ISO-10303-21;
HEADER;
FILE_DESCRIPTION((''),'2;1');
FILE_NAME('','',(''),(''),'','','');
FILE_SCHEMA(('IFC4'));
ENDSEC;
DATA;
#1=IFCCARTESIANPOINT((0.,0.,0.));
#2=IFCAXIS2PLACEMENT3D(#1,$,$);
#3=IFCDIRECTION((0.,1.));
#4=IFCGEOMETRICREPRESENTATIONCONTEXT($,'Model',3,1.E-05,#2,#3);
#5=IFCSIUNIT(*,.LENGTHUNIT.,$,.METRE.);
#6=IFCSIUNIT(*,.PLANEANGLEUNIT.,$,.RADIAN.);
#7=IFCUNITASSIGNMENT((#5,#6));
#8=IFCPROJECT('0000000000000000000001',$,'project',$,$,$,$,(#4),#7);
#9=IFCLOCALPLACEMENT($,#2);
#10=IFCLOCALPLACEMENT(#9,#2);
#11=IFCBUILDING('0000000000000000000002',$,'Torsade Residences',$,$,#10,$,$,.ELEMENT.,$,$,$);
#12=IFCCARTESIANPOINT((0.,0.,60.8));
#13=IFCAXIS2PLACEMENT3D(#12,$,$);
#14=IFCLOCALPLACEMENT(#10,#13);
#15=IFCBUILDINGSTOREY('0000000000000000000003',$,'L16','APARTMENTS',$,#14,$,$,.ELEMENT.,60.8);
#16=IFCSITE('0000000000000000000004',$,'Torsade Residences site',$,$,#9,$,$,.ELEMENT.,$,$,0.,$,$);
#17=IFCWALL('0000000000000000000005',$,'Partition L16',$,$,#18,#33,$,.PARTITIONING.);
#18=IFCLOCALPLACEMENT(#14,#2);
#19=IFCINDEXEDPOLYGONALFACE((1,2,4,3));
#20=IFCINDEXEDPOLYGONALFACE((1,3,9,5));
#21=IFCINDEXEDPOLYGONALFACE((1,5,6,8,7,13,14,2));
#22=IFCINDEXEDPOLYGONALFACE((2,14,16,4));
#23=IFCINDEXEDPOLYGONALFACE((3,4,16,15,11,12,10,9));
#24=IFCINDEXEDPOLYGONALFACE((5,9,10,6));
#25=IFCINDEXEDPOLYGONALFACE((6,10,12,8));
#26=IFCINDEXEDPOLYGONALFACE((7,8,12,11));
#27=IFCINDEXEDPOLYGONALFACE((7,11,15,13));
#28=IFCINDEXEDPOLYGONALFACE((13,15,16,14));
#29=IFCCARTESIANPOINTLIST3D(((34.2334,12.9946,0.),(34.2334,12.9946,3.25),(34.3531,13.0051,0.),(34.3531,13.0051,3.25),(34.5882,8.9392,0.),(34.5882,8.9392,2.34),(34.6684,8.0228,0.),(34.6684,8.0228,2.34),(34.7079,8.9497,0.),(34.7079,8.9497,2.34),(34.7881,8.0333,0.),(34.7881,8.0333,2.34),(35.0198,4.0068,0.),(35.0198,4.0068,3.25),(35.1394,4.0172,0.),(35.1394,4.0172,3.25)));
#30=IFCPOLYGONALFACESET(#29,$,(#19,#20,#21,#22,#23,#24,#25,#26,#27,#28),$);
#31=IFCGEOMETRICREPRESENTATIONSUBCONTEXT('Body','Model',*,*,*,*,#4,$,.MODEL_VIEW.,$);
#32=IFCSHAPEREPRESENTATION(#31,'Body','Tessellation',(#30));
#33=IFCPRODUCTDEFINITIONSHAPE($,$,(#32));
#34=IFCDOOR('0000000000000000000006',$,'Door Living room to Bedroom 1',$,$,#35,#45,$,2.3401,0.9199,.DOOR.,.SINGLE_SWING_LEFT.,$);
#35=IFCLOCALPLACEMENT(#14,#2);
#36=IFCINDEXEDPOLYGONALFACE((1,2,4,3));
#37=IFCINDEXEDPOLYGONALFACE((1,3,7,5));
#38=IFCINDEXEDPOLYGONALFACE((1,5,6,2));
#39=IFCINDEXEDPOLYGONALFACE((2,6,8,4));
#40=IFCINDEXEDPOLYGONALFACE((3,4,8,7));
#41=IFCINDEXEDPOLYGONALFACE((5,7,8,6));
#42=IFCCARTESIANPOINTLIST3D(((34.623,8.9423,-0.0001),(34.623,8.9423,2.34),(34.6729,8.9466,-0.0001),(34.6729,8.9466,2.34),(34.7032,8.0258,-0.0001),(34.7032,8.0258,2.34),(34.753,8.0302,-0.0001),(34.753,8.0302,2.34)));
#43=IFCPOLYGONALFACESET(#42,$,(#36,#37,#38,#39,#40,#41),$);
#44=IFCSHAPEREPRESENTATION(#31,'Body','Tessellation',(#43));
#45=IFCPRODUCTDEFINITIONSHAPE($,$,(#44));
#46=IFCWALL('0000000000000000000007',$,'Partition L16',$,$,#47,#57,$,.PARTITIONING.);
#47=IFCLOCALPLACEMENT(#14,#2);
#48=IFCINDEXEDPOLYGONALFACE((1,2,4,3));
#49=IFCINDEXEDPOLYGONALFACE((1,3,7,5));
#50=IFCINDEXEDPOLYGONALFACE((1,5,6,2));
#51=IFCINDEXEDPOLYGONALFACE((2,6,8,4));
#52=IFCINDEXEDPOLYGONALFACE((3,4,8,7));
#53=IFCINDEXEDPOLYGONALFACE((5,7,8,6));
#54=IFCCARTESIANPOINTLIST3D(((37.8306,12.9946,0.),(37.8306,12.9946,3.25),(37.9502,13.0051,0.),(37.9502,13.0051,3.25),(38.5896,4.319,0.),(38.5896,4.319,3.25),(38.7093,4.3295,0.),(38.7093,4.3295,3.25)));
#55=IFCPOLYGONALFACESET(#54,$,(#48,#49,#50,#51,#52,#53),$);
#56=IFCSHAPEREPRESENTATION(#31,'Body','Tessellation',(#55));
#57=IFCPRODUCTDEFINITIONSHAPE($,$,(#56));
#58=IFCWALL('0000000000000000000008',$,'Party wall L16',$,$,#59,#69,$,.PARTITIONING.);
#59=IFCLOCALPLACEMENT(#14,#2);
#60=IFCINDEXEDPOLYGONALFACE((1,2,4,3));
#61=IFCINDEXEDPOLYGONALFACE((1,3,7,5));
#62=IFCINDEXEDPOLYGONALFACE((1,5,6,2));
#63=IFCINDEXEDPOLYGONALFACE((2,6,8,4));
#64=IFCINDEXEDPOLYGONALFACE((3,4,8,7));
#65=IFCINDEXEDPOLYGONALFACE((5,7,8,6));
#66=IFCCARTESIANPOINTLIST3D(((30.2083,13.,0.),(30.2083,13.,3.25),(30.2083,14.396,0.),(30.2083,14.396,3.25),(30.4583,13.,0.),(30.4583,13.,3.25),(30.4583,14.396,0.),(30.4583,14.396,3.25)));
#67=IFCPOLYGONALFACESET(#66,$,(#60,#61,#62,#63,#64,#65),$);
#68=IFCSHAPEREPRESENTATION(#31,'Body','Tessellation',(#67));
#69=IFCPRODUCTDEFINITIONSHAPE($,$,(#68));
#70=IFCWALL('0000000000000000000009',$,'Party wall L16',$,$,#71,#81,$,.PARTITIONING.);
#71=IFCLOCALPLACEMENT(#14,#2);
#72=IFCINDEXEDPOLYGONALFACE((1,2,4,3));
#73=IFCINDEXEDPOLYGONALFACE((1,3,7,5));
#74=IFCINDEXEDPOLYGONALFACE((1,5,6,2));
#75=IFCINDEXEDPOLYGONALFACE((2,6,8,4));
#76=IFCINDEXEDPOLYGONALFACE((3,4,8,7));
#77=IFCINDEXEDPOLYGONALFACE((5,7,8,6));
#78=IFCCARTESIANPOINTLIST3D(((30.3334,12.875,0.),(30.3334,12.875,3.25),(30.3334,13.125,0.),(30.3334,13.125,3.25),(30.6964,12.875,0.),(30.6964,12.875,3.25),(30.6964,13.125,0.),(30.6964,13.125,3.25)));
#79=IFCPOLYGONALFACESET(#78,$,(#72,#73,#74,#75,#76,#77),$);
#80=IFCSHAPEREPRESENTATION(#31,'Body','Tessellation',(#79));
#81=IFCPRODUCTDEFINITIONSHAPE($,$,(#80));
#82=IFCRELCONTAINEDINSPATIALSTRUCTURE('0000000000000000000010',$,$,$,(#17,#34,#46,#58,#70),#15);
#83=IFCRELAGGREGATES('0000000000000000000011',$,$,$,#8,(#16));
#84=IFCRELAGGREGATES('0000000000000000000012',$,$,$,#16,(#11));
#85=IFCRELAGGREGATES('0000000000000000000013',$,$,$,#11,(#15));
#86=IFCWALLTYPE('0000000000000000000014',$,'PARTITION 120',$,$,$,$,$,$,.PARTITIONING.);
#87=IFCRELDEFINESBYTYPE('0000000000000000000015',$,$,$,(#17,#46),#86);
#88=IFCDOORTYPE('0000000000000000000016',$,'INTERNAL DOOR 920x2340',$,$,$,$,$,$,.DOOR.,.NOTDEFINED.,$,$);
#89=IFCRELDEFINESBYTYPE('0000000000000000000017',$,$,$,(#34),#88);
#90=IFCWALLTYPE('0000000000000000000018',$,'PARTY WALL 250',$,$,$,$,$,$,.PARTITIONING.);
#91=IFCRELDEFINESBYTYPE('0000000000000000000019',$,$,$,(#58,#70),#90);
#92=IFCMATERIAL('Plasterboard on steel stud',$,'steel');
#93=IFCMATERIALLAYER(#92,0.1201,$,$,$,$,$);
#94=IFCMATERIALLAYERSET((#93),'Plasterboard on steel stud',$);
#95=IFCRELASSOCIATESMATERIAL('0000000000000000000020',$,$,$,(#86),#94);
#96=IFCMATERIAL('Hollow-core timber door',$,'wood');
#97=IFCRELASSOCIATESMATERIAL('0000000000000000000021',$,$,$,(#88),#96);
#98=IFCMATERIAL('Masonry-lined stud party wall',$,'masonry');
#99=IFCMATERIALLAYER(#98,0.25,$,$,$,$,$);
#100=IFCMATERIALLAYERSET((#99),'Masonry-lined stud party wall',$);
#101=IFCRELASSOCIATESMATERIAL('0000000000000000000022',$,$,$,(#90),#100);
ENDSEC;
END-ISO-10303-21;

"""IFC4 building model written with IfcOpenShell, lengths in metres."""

from ifc_helpers import new_model, si_unit, direction, frame, frame_2d, origin, place, context, subcontext, project, spatial, rectangle, extrude, material, layer, layer_set, type_object, element, fill, save


model = new_model("IFC4")

# Units and contexts
model_context = context("Model", 3, precision=1e-05, world=origin(), true_north=direction((0.0, 1.0)))
body_context = subcontext(model_context, "Body", "Model", "MODEL_VIEW")
ifc_project = project(units=[si_unit("LENGTHUNIT", "METRE"), si_unit("PLANEANGLEUNIT", "RADIAN")], contexts=[model_context])

# Site, building, storey
site_placement = place(None, origin())
site = spatial("IfcSite", under=ifc_project, at=site_placement, Name="Torsade Residences site", CompositionType="ELEMENT", RefElevation=0.0)
building_placement = place(site_placement, origin())
building = spatial("IfcBuilding", under=site, at=building_placement, Name="Torsade Residences", CompositionType="ELEMENT")
storey_placement = place(building_placement, frame((0.0, 0.0, 60.8)))
storey = spatial("IfcBuildingStorey", under=building, at=storey_placement, Name="L16", Description="APARTMENTS", CompositionType="ELEMENT", Elevation=60.8)

# Wall, opening, door
ifc_material_1 = material(Name="Plasterboard on steel stud", Category="steel")
ifc_layer_1 = layer(ifc_material_1, 0.1201)
ifc_layer_set_1 = layer_set([ifc_layer_1], Name="Plasterboard on steel stud")
wall_type_1 = type_object("IfcWallType", Name="PARTITION 120", PredefinedType="PARTITIONING", material=ifc_layer_set_1)
wall_1_placement = place(storey_placement, frame((34.2932, 13.0, 0.0), z_axis=(0.0, 0.0, 1.0), x_axis=(0.087161, -0.996194, 0.0)))
wall_1 = element("IfcWall", 1, at=wall_1_placement, inside=storey, type_object=wall_type_1, Name="Partition L16", PredefinedType="PARTITIONING", context=body_context, shape_type="SweptSolid", body=[
    extrude(rectangle(XDim=9.0222, YDim=0.1201, at=frame_2d((4.5112, 0.0))), origin(), (0.0, 0.0, 1.0), 3.25),
])
opening_1_placement = place(wall_1_placement, frame((4.071, 0.0, 0.0)))
opening_1 = element("IfcOpeningElement", 2, at=opening_1_placement, cuts=wall_1, PredefinedType="OPENING", context=body_context, shape_type="SweptSolid", body=[
    extrude(rectangle(XDim=0.9199, YDim=2.3401, at=frame_2d((0.46, 1.1699))), frame((0.0, 0.0701, 0.0), z_axis=(0.0, -1.0, 0.0), x_axis=(1.0, 0.0, 0.0)), (0.0, 0.0, 1.0), 0.1401),
])
ifc_material_2 = material(Name="Hollow-core timber door", Category="wood")
door_type_1 = type_object("IfcDoorType", Name="INTERNAL DOOR 920x2340", OperationType="NOTDEFINED", PredefinedType="DOOR", material=ifc_material_2)
door_1_placement = place(opening_1_placement, origin())
door_1 = element("IfcDoor", 3, at=door_1_placement, inside=storey, type_object=door_type_1, Name="Door Living room to Bedroom 1", OperationType="SINGLE_SWING_LEFT", OverallHeight=2.3401, OverallWidth=0.9199, PredefinedType="DOOR", context=body_context, shape_type="SweptSolid", body=[
    extrude(rectangle(XDim=0.9199, YDim=2.3401, at=frame_2d((0.46, 1.1699))), frame((0.0, 0.0249, 0.0), z_axis=(0.0, -1.0, 0.0), x_axis=(1.0, 0.0, 0.0)), (0.0, 0.0, 1.0), 0.05),
])
fill(opening_1, door_1)

# Walls
wall_2_placement = place(storey_placement, frame((37.8904, 13.0, 0.0), z_axis=(0.0, 0.0, 1.0), x_axis=(0.087158, -0.996194, 0.0)))
element("IfcWall", 4, at=wall_2_placement, inside=storey, type_object=wall_type_1, Name="Partition L16", PredefinedType="PARTITIONING", context=body_context, shape_type="SweptSolid", body=[
    extrude(rectangle(XDim=8.7087, YDim=0.1201, at=frame_2d((4.3545, 0.0))), origin(), (0.0, 0.0, 1.0), 3.25),
])
ifc_material_3 = material(Name="Masonry-lined stud party wall", Category="masonry")
ifc_layer_2 = layer(ifc_material_3, 0.25)
ifc_layer_set_2 = layer_set([ifc_layer_2], Name="Masonry-lined stud party wall")
wall_type_2 = type_object("IfcWallType", Name="PARTY WALL 250", PredefinedType="PARTITIONING", material=ifc_layer_set_2)
wall_3_placement = place(storey_placement, frame((30.3333, 14.396, 0.0), z_axis=(0.0, 0.0, 1.0), x_axis=(0.0, -1.0, 0.0)))
element("IfcWall", 5, at=wall_3_placement, inside=storey, type_object=wall_type_2, Name="Party wall L16", PredefinedType="PARTITIONING", context=body_context, shape_type="SweptSolid", body=[
    extrude(rectangle(XDim=1.396, YDim=0.25, at=frame_2d((0.698, 0.0))), origin(), (0.0, 0.0, 1.0), 3.25),
])
wall_4_placement = place(storey_placement, frame((30.3333, 13.0, 0.0), z_axis=(0.0, 0.0, 1.0), x_axis=(1.0, 0.0, 0.0)))
element("IfcWall", 6, at=wall_4_placement, inside=storey, type_object=wall_type_2, Name="Party wall L16", PredefinedType="PARTITIONING", context=body_context, shape_type="SweptSolid", body=[
    extrude(rectangle(XDim=0.363, YDim=0.25, at=frame_2d((0.1816, 0.0))), origin(), (0.0, 0.0, 1.0), 3.25),
])

save(model, "model.ifc")
